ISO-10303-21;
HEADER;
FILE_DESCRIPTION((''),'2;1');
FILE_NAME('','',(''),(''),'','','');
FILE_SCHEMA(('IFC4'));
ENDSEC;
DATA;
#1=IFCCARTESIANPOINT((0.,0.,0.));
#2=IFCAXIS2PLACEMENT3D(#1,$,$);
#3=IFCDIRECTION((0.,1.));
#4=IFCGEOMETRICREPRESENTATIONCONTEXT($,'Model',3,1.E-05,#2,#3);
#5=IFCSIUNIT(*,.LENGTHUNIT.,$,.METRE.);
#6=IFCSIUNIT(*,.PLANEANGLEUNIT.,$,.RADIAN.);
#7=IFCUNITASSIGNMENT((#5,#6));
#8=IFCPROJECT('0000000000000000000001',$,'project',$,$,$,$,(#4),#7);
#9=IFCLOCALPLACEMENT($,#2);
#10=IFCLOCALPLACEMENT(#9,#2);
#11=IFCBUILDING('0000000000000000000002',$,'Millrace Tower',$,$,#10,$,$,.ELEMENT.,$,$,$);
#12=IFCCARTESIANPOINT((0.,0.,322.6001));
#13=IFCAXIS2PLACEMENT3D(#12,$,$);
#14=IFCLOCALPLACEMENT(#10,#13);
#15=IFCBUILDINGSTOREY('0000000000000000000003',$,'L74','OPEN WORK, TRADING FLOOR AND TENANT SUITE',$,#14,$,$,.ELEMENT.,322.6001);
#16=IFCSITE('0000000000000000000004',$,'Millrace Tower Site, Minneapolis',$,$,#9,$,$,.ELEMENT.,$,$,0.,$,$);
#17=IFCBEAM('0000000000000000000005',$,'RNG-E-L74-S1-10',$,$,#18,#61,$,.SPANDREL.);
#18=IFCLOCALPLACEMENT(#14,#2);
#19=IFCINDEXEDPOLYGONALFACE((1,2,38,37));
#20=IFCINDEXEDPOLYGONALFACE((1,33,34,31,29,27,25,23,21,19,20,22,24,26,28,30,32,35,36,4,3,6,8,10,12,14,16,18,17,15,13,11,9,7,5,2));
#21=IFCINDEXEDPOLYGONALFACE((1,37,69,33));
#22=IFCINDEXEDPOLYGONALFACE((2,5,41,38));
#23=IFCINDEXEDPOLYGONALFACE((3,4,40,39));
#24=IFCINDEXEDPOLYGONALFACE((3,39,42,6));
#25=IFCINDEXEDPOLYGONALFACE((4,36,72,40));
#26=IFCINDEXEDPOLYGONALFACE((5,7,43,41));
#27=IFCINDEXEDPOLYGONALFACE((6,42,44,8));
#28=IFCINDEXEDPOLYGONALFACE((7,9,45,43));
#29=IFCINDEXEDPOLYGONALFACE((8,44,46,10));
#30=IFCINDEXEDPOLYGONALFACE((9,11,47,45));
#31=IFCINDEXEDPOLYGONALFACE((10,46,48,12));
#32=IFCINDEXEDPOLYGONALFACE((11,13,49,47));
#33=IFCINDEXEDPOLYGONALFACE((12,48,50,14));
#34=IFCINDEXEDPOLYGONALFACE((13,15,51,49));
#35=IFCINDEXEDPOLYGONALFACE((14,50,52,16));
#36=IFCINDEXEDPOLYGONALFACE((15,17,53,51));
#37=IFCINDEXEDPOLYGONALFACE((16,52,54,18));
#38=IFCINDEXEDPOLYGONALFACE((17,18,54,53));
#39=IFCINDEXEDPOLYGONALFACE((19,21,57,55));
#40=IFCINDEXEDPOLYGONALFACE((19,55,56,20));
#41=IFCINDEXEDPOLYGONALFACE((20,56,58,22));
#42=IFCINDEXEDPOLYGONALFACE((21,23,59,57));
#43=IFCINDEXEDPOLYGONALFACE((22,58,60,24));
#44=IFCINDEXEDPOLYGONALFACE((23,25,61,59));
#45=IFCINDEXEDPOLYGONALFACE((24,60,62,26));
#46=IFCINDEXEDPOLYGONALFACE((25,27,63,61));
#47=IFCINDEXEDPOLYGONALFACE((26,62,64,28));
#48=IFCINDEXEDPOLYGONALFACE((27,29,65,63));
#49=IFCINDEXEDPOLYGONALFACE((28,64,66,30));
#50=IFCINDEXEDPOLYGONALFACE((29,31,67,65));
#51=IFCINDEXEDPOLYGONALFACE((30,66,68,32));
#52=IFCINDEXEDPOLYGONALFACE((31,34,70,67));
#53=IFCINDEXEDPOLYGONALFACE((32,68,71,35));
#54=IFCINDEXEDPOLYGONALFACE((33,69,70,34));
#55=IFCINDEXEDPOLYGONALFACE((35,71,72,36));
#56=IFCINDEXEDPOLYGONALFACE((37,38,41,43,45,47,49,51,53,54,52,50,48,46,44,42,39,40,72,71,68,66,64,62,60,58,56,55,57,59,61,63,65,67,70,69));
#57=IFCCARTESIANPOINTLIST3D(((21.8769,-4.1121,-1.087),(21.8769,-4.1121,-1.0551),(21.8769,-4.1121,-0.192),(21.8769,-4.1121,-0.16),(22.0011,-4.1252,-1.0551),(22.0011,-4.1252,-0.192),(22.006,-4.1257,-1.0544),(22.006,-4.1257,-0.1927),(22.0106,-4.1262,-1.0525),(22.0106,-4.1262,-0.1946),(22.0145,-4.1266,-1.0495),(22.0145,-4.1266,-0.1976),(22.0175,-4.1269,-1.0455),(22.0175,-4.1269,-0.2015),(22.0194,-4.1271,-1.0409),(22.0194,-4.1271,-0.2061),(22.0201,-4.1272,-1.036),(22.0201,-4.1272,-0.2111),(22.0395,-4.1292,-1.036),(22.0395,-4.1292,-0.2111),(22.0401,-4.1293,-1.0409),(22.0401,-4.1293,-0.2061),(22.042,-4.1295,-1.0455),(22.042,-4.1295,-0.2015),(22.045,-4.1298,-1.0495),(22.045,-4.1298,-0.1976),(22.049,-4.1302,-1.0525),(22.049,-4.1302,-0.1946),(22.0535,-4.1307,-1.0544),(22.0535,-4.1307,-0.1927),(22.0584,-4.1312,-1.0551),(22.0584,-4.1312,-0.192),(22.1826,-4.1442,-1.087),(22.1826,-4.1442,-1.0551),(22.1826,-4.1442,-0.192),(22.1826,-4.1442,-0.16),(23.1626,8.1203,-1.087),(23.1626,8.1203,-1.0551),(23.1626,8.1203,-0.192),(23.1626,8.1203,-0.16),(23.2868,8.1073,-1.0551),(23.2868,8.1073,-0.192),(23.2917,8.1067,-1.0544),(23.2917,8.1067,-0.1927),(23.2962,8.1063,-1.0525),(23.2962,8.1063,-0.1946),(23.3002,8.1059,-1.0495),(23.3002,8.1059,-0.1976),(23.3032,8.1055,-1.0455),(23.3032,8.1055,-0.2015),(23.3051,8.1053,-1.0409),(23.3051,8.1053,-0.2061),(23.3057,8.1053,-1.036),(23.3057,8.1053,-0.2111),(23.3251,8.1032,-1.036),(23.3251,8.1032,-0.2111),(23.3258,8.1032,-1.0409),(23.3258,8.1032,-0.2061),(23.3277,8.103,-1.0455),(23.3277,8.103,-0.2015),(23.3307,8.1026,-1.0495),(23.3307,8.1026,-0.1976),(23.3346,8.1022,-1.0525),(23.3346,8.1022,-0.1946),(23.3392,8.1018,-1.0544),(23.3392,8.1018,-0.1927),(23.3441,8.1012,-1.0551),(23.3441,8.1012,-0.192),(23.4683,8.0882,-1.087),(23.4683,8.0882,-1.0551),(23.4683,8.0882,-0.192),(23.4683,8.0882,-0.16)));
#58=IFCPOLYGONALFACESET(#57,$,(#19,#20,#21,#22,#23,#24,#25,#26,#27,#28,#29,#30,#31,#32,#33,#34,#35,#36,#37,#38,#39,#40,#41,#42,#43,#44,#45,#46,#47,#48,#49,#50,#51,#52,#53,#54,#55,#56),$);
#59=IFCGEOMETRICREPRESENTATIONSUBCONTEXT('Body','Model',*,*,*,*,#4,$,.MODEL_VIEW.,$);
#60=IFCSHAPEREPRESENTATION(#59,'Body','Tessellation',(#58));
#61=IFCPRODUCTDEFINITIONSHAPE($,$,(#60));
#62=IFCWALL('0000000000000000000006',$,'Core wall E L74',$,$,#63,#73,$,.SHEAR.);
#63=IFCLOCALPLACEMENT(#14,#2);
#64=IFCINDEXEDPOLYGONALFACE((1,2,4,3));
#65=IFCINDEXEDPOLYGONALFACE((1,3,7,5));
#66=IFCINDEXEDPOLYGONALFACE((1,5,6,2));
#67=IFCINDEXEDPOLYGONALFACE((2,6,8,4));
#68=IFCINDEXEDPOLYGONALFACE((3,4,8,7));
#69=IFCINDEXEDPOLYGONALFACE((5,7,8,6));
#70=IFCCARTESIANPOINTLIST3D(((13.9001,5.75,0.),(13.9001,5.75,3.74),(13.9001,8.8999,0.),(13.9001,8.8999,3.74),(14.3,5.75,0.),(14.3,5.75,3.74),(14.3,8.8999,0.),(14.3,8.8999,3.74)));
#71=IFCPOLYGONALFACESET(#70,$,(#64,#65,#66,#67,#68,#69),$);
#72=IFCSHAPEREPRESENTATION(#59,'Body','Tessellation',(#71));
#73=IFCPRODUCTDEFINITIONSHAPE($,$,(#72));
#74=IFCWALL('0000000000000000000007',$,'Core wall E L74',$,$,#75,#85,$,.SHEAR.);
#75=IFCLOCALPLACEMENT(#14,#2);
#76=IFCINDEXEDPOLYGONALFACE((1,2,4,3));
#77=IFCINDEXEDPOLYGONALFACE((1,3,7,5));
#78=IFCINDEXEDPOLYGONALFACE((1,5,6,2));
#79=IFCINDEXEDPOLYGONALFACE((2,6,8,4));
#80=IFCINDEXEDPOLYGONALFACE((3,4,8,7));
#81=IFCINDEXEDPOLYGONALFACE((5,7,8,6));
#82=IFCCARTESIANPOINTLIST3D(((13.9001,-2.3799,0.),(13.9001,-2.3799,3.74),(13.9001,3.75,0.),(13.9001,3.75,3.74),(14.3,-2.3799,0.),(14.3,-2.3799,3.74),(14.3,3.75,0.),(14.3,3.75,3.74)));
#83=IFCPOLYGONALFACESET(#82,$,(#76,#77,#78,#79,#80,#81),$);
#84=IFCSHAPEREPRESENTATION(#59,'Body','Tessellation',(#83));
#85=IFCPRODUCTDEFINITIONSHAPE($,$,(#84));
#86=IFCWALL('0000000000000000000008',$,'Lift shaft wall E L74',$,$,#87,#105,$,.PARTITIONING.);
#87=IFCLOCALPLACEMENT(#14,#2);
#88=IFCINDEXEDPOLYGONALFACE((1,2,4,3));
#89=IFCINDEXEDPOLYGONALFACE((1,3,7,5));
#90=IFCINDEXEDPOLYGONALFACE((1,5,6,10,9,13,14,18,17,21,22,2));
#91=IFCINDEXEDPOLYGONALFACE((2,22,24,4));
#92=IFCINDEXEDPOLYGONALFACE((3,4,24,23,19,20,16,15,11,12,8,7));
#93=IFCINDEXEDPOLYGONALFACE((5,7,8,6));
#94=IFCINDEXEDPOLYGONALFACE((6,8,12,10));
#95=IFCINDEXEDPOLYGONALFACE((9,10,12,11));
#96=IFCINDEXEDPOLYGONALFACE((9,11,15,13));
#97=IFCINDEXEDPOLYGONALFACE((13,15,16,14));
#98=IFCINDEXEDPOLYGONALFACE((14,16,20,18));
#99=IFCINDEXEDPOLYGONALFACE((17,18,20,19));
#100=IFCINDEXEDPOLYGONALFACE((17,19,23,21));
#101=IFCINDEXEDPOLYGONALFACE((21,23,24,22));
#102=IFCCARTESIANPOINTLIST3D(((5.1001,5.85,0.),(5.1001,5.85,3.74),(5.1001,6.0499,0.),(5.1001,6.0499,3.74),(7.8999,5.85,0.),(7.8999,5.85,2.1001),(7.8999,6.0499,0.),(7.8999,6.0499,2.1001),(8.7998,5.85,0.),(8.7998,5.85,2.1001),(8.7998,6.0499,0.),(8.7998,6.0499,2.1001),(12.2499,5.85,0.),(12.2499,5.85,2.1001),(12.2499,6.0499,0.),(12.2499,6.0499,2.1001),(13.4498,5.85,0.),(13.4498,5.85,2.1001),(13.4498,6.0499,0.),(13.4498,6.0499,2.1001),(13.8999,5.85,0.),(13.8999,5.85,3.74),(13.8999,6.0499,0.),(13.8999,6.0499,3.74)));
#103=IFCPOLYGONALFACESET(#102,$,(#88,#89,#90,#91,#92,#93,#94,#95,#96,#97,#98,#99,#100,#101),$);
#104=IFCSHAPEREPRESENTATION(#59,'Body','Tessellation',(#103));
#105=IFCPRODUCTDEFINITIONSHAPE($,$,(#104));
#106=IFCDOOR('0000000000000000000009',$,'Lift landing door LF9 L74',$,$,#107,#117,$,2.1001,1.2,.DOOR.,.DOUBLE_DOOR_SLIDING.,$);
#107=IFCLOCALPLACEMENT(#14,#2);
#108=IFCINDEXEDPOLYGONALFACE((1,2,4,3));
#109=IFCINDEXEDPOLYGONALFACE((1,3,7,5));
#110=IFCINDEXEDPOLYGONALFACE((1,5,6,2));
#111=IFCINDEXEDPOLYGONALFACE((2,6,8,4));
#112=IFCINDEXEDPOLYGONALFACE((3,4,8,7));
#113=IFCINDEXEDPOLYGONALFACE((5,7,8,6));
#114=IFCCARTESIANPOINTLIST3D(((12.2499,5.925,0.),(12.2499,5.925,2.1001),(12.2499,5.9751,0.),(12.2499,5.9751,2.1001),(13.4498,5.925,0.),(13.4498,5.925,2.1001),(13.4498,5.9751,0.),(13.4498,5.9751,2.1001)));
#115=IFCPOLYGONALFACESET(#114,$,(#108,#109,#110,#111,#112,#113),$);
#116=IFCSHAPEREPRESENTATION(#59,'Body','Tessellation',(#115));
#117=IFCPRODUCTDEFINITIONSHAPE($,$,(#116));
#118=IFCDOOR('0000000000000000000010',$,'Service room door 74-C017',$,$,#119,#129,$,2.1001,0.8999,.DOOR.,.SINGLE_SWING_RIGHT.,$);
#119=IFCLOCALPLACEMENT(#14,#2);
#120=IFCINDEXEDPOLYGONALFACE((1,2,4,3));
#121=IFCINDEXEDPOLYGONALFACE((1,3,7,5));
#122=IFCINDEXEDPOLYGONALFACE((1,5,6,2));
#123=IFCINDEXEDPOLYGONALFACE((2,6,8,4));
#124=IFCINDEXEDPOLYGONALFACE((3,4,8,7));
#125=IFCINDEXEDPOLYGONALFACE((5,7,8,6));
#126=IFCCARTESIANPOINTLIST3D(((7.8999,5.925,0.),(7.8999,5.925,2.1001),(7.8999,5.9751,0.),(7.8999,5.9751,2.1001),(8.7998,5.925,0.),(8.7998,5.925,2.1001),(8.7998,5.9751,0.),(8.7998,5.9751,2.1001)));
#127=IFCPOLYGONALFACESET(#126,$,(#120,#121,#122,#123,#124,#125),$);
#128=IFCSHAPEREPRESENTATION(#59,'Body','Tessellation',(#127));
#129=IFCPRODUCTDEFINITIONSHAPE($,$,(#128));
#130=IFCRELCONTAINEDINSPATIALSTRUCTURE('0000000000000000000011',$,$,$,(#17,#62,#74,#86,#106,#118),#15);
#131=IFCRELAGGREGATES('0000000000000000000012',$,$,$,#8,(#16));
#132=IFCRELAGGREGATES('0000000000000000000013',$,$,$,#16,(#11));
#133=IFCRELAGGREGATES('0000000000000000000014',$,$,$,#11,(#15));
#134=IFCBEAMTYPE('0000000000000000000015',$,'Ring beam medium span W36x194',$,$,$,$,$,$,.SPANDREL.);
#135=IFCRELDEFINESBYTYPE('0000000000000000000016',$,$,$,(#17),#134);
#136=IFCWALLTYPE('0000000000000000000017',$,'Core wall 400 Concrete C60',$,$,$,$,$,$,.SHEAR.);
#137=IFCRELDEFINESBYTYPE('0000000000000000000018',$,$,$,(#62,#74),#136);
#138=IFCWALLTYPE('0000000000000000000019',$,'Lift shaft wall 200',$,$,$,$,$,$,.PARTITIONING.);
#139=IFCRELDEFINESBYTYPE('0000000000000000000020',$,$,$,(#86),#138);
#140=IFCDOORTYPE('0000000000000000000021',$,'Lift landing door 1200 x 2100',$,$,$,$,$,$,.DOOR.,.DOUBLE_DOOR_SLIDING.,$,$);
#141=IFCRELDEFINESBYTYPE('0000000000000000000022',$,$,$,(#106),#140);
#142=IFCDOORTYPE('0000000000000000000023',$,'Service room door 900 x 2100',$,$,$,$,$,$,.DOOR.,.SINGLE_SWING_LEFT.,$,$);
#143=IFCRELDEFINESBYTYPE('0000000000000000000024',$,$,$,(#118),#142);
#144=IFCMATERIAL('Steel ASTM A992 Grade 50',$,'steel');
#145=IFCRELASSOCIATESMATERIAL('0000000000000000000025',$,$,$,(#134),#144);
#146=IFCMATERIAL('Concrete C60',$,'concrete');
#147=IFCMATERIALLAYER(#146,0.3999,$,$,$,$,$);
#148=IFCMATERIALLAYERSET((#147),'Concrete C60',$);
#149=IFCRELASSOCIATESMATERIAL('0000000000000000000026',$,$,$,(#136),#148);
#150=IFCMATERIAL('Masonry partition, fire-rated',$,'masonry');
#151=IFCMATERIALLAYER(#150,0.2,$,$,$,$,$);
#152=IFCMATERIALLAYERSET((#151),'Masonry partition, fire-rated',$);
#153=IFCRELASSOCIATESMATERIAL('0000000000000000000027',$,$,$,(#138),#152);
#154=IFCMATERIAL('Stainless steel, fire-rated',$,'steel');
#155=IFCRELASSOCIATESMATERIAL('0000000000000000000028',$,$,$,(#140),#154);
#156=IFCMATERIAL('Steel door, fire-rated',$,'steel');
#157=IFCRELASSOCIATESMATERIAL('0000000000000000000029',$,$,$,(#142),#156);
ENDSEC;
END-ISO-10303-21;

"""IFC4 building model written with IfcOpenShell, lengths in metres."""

from ifc_helpers import new_model, si_unit, direction, frame, frame_2d, origin, origin_2d, place, context, subcontext, project, spatial, rectangle, i_section, extrude, material, layer, layer_set, material_profile, profile_set, type_object, element, fill, save


model = new_model("IFC4")

# Units and contexts
model_context = context("Model", 3, precision=1e-05, world=origin(), true_north=direction((0.0, 1.0)))
body_context = subcontext(model_context, "Body", "Model", "MODEL_VIEW")
ifc_project = project(units=[si_unit("LENGTHUNIT", "METRE"), si_unit("PLANEANGLEUNIT", "RADIAN")], contexts=[model_context])

# Site, building, storey
site_placement = place(None, origin())
site = spatial("IfcSite", under=ifc_project, at=site_placement, Name="Millrace Tower Site, Minneapolis", CompositionType="ELEMENT", RefElevation=0.0)
building_placement = place(site_placement, origin())
building = spatial("IfcBuilding", under=site, at=building_placement, Name="Millrace Tower", CompositionType="ELEMENT")
storey_placement = place(building_placement, frame((0.0, 0.0, 322.6001)))
storey = spatial("IfcBuildingStorey", under=building, at=storey_placement, Name="L74", Description="OPEN WORK, TRADING FLOOR AND TENANT SUITE", CompositionType="ELEMENT", Elevation=322.6001)

# Beam
ifc_material_1 = material(Name="Steel ASTM A992 Grade 50", Category="steel")
ifc_material_profile_1 = material_profile(ifc_material_1, i_section(OverallWidth=0.3074, OverallDepth=0.927, WebThickness=0.0195, FlangeThickness=0.032, FilletRadius=0.019, at=origin_2d()))
ifc_profile_set_1 = profile_set([ifc_material_profile_1], Name="Steel ASTM A992 Grade 50")
beam_type_1 = type_object("IfcBeamType", Name="Ring beam medium span W36x194", PredefinedType="SPANDREL", material=ifc_profile_set_1)
beam_1_placement = place(storey_placement, frame((23.3154, 8.1042, -0.6235), z_axis=(-0.104526, -0.994522, 0.0), x_axis=(0.994522, -0.104526, 0.0)))
element("IfcBeam", 1, at=beam_1_placement, inside=storey, type_object=beam_type_1, Name="RNG-E-L74-S1-10", PredefinedType="SPANDREL", context=body_context, shape_type="SweptSolid", body=[
    extrude(i_section(OverallWidth=0.3074, OverallDepth=0.927, WebThickness=0.0195, FlangeThickness=0.032, FilletRadius=0.019, at=origin_2d()), origin(), (0.0, 0.0, 1.0), 12.2998),
])

# Walls
ifc_material_2 = material(Name="Concrete C60", Category="concrete")
ifc_layer_1 = layer(ifc_material_2, 0.3999)
ifc_layer_set_1 = layer_set([ifc_layer_1], Name="Concrete C60")
wall_type_1 = type_object("IfcWallType", Name="Core wall 400 Concrete C60", PredefinedType="SHEAR", material=ifc_layer_set_1)
wall_1_placement = place(storey_placement, frame((14.1001, 8.8999, 0.0), z_axis=(0.0, 0.0, 1.0), x_axis=(0.0, -1.0, 0.0)))
element("IfcWall", 2, at=wall_1_placement, inside=storey, type_object=wall_type_1, Name="Core wall E L74", PredefinedType="SHEAR", context=body_context, shape_type="SweptSolid", body=[
    extrude(rectangle(XDim=3.1499, YDim=0.3999, at=frame_2d((1.575, 0.0))), origin(), (0.0, 0.0, 1.0), 3.74),
])
wall_2_placement = place(storey_placement, frame((14.1001, 3.75, 0.0), z_axis=(0.0, 0.0, 1.0), x_axis=(0.0, -1.0, 0.0)))
element("IfcWall", 3, at=wall_2_placement, inside=storey, type_object=wall_type_1, Name="Core wall E L74", PredefinedType="SHEAR", context=body_context, shape_type="SweptSolid", body=[
    extrude(rectangle(XDim=6.1299, YDim=0.3999, at=frame_2d((3.0649, 0.0))), origin(), (0.0, 0.0, 1.0), 3.74),
])

# Wall, openings, doors
ifc_material_3 = material(Name="Masonry partition, fire-rated", Category="masonry")
ifc_layer_2 = layer(ifc_material_3, 0.2)
ifc_layer_set_2 = layer_set([ifc_layer_2], Name="Masonry partition, fire-rated")
wall_type_2 = type_object("IfcWallType", Name="Lift shaft wall 200", PredefinedType="PARTITIONING", material=ifc_layer_set_2)
wall_3_placement = place(storey_placement, frame((13.8999, 5.95, 0.0), z_axis=(0.0, 0.0, 1.0), x_axis=(-1.0, 0.0, 0.0)))
wall_3 = element("IfcWall", 4, at=wall_3_placement, inside=storey, type_object=wall_type_2, Name="Lift shaft wall E L74", PredefinedType="PARTITIONING", context=body_context, shape_type="SweptSolid", body=[
    extrude(rectangle(XDim=8.7998, YDim=0.2, at=frame_2d((4.3999, 0.0))), origin(), (0.0, 0.0, 1.0), 3.74),
])
opening_1_placement = place(wall_3_placement, frame((0.45, 0.0, 0.0)))
opening_1 = element("IfcOpeningElement", 5, at=opening_1_placement, cuts=wall_3, PredefinedType="OPENING", context=body_context, shape_type="SweptSolid", body=[
    extrude(rectangle(XDim=1.2, YDim=2.1001, at=frame_2d((0.6001, 1.05))), frame((0.0, 0.1099, 0.0), z_axis=(0.0, -1.0, 0.0), x_axis=(1.0, 0.0, 0.0)), (0.0, 0.0, 1.0), 0.22),
])
opening_2_placement = place(wall_3_placement, frame((5.1001, 0.0, 0.0)))
opening_2 = element("IfcOpeningElement", 6, at=opening_2_placement, cuts=wall_3, PredefinedType="OPENING", context=body_context, shape_type="SweptSolid", body=[
    extrude(rectangle(XDim=0.8999, YDim=2.1001, at=frame_2d((0.45, 1.05))), frame((0.0, 0.1099, 0.0), z_axis=(0.0, -1.0, 0.0), x_axis=(1.0, 0.0, 0.0)), (0.0, 0.0, 1.0), 0.22),
])
ifc_material_4 = material(Name="Stainless steel, fire-rated", Category="steel")
door_type_1 = type_object("IfcDoorType", Name="Lift landing door 1200 x 2100", OperationType="DOUBLE_DOOR_SLIDING", PredefinedType="DOOR", material=ifc_material_4)
door_1_placement = place(opening_1_placement, origin())
door_1 = element("IfcDoor", 7, at=door_1_placement, inside=storey, type_object=door_type_1, Name="Lift landing door LF9 L74", OperationType="DOUBLE_DOOR_SLIDING", OverallHeight=2.1001, OverallWidth=1.2, PredefinedType="DOOR", context=body_context, shape_type="SweptSolid", body=[
    extrude(rectangle(XDim=1.2, YDim=2.1001, at=frame_2d((0.6001, 1.05))), frame((0.0, 0.0249, 0.0), z_axis=(0.0, -1.0, 0.0), x_axis=(1.0, 0.0, 0.0)), (0.0, 0.0, 1.0), 0.05),
])
fill(opening_1, door_1)
ifc_material_5 = material(Name="Steel door, fire-rated", Category="steel")
door_type_2 = type_object("IfcDoorType", Name="Service room door 900 x 2100", OperationType="SINGLE_SWING_LEFT", PredefinedType="DOOR", material=ifc_material_5)
door_2_placement = place(opening_2_placement, origin())
door_2 = element("IfcDoor", 8, at=door_2_placement, inside=storey, type_object=door_type_2, Name="Service room door 74-C017", OperationType="SINGLE_SWING_RIGHT", OverallHeight=2.1001, OverallWidth=0.8999, PredefinedType="DOOR", context=body_context, shape_type="SweptSolid", body=[
    extrude(rectangle(XDim=0.8999, YDim=2.1001, at=frame_2d((0.45, 1.05))), frame((0.0, 0.0249, 0.0), z_axis=(0.0, -1.0, 0.0), x_axis=(1.0, 0.0, 0.0)), (0.0, 0.0, 1.0), 0.05),
])
fill(opening_2, door_2)

save(model, "model.ifc")
